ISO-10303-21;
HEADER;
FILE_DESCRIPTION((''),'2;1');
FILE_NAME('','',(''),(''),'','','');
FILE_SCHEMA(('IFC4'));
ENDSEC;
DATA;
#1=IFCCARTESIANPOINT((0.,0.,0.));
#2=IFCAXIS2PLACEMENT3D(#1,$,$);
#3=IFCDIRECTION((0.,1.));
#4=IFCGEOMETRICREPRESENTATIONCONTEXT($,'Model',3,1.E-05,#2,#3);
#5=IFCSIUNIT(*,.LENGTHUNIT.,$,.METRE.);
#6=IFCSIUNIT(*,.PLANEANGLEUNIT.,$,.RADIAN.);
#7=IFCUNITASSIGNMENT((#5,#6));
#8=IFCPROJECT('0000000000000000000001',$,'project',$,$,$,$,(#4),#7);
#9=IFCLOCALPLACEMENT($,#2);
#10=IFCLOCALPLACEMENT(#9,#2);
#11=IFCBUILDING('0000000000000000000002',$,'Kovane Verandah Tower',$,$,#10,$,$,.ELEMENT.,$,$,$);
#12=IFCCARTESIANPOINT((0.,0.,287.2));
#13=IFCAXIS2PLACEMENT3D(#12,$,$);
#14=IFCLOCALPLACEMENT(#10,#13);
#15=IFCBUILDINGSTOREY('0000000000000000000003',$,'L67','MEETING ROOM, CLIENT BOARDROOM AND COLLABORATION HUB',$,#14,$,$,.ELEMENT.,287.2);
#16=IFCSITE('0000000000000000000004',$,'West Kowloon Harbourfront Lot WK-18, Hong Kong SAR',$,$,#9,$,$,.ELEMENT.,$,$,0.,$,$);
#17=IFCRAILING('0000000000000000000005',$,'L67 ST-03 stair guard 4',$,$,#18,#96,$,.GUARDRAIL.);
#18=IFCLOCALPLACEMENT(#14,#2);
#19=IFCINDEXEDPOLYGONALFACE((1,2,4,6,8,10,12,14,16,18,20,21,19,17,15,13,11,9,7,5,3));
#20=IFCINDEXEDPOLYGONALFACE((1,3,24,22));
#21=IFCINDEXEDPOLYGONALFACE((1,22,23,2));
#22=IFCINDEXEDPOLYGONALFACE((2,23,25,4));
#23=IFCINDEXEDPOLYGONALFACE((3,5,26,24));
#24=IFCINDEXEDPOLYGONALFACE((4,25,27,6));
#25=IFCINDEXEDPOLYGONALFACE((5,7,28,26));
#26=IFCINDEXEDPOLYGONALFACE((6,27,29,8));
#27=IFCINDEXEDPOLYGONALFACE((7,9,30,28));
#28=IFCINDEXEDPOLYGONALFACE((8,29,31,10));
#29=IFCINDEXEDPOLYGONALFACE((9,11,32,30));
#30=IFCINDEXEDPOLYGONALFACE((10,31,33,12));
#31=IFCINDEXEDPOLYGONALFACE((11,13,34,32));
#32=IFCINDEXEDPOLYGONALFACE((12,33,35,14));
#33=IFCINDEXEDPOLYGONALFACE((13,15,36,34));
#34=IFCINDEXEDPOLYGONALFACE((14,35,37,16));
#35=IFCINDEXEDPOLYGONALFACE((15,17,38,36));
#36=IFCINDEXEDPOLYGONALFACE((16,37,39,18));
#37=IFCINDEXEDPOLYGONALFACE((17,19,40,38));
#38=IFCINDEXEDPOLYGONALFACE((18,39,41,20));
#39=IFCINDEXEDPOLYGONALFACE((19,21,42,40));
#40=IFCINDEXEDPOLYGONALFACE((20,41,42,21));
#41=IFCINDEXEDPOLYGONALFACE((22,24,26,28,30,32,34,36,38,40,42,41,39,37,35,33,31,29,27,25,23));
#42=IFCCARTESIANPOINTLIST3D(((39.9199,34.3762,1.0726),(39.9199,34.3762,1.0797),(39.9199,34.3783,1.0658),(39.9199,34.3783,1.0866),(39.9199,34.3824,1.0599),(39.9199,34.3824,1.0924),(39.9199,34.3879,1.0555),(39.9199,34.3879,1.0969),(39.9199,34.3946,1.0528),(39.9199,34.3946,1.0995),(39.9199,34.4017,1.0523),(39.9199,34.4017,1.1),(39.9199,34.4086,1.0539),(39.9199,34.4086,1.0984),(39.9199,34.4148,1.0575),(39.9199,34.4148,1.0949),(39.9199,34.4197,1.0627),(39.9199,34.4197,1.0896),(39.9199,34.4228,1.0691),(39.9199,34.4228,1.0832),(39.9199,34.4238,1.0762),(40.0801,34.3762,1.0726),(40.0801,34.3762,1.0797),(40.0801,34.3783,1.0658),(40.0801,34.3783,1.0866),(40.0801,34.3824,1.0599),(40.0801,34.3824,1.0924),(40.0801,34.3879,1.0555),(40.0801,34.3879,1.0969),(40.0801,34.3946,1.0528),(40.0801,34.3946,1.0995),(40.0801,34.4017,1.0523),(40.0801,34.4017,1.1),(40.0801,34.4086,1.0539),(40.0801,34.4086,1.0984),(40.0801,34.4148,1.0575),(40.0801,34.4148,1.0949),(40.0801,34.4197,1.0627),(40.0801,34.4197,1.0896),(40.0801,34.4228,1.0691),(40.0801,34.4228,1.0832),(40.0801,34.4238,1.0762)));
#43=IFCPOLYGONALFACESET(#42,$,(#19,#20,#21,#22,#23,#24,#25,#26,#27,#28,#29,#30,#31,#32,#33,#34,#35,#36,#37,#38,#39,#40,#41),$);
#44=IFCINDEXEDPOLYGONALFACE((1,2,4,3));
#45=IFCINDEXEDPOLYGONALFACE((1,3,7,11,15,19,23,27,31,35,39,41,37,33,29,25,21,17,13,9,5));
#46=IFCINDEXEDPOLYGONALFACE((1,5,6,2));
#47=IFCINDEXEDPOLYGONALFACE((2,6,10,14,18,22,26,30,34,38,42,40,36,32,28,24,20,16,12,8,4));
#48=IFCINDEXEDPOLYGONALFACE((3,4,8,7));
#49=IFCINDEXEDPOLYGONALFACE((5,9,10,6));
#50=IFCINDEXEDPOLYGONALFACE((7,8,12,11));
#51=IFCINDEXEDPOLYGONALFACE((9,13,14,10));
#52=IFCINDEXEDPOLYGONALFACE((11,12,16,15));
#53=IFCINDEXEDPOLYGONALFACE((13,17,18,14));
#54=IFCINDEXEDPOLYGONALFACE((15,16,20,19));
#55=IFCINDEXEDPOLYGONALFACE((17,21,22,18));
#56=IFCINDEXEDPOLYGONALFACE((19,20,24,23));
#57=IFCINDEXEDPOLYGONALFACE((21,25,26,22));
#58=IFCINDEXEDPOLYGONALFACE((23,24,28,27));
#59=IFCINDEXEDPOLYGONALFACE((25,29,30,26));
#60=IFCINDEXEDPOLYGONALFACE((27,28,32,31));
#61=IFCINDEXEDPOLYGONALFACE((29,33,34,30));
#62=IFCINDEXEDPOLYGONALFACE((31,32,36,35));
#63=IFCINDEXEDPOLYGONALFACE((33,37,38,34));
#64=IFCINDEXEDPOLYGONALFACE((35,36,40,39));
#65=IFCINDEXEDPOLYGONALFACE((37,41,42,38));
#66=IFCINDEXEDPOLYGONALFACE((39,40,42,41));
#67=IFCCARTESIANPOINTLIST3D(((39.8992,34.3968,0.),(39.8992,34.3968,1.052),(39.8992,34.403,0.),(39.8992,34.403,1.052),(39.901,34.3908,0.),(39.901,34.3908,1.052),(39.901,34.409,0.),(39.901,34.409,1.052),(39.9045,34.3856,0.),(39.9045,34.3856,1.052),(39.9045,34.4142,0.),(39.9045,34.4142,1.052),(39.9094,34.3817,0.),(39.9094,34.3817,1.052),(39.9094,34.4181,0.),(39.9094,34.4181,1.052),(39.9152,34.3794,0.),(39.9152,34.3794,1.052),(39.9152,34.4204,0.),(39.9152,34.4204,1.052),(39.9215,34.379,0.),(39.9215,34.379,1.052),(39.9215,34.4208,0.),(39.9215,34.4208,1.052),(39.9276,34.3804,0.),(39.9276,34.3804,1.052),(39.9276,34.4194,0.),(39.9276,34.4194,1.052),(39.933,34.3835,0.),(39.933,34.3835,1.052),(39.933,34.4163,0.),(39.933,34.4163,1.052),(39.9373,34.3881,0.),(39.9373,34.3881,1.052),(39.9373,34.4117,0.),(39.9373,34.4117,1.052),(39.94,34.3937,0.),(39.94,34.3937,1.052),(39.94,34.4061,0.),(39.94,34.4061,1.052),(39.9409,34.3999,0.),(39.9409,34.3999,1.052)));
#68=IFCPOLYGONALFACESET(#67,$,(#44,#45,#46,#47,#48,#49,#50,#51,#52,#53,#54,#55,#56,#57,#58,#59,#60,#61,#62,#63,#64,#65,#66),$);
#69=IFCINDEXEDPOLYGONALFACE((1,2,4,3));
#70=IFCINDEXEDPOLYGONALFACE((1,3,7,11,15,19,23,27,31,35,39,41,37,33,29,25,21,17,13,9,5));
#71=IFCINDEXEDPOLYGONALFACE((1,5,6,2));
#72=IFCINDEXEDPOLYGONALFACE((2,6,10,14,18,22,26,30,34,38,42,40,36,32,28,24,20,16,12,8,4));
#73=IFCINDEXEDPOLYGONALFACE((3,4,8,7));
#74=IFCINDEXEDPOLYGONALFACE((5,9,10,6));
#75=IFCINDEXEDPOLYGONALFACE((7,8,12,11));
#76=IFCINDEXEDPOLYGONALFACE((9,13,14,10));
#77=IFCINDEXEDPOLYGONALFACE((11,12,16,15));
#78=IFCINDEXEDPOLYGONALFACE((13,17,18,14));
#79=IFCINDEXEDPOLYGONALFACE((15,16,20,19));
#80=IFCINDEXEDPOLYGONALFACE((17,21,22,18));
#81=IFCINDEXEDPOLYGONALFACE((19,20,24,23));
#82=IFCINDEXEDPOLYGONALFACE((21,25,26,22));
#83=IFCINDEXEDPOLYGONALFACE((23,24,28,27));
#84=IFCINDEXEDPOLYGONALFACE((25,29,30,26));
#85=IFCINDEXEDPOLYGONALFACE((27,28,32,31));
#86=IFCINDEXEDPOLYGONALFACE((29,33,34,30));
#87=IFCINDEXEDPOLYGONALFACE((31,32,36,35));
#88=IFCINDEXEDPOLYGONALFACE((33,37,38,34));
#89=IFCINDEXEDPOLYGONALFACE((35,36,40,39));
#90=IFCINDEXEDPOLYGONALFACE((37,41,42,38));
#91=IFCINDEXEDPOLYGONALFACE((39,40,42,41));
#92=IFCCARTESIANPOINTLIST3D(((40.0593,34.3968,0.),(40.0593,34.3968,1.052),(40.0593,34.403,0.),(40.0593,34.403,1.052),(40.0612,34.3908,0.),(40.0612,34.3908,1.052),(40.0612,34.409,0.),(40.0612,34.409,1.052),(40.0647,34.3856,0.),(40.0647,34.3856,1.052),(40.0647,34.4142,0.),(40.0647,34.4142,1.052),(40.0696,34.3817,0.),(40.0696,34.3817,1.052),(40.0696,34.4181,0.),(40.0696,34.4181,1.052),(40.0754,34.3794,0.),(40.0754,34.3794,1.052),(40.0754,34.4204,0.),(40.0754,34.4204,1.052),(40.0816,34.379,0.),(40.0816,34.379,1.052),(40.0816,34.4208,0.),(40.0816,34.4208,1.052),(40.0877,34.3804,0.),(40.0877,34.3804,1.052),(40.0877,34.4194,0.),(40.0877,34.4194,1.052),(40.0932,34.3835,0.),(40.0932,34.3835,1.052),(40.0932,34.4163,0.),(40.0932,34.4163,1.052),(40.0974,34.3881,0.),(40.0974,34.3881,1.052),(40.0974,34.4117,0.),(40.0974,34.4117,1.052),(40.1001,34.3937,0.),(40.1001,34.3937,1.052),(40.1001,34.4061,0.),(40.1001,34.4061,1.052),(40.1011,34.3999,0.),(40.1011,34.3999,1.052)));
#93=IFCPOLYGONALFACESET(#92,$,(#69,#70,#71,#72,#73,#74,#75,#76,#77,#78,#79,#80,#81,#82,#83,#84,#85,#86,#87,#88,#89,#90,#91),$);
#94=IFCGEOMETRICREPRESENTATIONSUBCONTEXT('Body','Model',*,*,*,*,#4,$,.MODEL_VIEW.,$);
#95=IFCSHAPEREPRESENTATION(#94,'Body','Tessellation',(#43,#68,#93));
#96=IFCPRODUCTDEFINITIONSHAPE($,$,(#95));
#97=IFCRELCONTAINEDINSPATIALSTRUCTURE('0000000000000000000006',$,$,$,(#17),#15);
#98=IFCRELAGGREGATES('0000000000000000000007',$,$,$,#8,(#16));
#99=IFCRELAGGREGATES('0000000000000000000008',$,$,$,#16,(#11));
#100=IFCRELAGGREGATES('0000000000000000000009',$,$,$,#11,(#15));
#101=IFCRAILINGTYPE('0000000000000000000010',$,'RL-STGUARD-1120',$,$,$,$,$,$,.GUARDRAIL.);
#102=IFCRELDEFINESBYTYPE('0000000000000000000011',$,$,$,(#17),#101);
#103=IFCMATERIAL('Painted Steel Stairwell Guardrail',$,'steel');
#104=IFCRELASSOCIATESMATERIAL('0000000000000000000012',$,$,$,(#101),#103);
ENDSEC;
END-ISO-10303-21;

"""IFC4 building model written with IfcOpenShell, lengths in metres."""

from ifc_helpers import new_model, si_unit, direction, frame, origin, origin_2d, place, context, subcontext, project, spatial, circle, extrude, material, type_object, element, save


model = new_model("IFC4")

# Units and contexts
model_context = context("Model", 3, precision=1e-05, world=origin(), true_north=direction((0.0, 1.0)))
body_context = subcontext(model_context, "Body", "Model", "MODEL_VIEW")
ifc_project = project(units=[si_unit("LENGTHUNIT", "METRE"), si_unit("PLANEANGLEUNIT", "RADIAN")], contexts=[model_context])

# Site, building, storey
site_placement = place(None, origin())
site = spatial("IfcSite", under=ifc_project, at=site_placement, Name="West Kowloon Harbourfront Lot WK-18, Hong Kong SAR", CompositionType="ELEMENT", RefElevation=0.0)
building_placement = place(site_placement, origin())
building = spatial("IfcBuilding", under=site, at=building_placement, Name="Kovane Verandah Tower", CompositionType="ELEMENT")
storey_placement = place(building_placement, frame((0.0, 0.0, 287.2)))
storey = spatial("IfcBuildingStorey", under=building, at=storey_placement, Name="L67", Description="MEETING ROOM, CLIENT BOARDROOM AND COLLABORATION HUB", CompositionType="ELEMENT", Elevation=287.2)

# Railing
ifc_material_1 = material(Name="Painted Steel Stairwell Guardrail", Category="steel")
railing_type_1 = type_object("IfcRailingType", Name="RL-STGUARD-1120", PredefinedType="GUARDRAIL", material=ifc_material_1)
railing_1_placement = place(storey_placement, frame((39.9199, 34.3999, 0.0)))
element("IfcRailing", 1, at=railing_1_placement, inside=storey, type_object=railing_type_1, Name="L67 ST-03 stair guard 4", PredefinedType="GUARDRAIL", context=body_context, shape_type="SweptSolid", body=[
    extrude(circle(Radius=0.0239, at=origin_2d()), frame((0.0, 0.0, 1.0762), z_axis=(1.0, 0.0, 0.0), x_axis=(0.0, 1.0, 0.0)), (0.0, 0.0, 1.0), 0.1602),
    extrude(circle(Radius=0.021, at=origin_2d()), origin(), (0.0, 0.0, 1.0), 1.052),
    extrude(circle(Radius=0.021, at=origin_2d()), frame((0.1602, 0.0, 0.0)), (0.0, 0.0, 1.0), 1.052),
])

save(model, "model.ifc")
